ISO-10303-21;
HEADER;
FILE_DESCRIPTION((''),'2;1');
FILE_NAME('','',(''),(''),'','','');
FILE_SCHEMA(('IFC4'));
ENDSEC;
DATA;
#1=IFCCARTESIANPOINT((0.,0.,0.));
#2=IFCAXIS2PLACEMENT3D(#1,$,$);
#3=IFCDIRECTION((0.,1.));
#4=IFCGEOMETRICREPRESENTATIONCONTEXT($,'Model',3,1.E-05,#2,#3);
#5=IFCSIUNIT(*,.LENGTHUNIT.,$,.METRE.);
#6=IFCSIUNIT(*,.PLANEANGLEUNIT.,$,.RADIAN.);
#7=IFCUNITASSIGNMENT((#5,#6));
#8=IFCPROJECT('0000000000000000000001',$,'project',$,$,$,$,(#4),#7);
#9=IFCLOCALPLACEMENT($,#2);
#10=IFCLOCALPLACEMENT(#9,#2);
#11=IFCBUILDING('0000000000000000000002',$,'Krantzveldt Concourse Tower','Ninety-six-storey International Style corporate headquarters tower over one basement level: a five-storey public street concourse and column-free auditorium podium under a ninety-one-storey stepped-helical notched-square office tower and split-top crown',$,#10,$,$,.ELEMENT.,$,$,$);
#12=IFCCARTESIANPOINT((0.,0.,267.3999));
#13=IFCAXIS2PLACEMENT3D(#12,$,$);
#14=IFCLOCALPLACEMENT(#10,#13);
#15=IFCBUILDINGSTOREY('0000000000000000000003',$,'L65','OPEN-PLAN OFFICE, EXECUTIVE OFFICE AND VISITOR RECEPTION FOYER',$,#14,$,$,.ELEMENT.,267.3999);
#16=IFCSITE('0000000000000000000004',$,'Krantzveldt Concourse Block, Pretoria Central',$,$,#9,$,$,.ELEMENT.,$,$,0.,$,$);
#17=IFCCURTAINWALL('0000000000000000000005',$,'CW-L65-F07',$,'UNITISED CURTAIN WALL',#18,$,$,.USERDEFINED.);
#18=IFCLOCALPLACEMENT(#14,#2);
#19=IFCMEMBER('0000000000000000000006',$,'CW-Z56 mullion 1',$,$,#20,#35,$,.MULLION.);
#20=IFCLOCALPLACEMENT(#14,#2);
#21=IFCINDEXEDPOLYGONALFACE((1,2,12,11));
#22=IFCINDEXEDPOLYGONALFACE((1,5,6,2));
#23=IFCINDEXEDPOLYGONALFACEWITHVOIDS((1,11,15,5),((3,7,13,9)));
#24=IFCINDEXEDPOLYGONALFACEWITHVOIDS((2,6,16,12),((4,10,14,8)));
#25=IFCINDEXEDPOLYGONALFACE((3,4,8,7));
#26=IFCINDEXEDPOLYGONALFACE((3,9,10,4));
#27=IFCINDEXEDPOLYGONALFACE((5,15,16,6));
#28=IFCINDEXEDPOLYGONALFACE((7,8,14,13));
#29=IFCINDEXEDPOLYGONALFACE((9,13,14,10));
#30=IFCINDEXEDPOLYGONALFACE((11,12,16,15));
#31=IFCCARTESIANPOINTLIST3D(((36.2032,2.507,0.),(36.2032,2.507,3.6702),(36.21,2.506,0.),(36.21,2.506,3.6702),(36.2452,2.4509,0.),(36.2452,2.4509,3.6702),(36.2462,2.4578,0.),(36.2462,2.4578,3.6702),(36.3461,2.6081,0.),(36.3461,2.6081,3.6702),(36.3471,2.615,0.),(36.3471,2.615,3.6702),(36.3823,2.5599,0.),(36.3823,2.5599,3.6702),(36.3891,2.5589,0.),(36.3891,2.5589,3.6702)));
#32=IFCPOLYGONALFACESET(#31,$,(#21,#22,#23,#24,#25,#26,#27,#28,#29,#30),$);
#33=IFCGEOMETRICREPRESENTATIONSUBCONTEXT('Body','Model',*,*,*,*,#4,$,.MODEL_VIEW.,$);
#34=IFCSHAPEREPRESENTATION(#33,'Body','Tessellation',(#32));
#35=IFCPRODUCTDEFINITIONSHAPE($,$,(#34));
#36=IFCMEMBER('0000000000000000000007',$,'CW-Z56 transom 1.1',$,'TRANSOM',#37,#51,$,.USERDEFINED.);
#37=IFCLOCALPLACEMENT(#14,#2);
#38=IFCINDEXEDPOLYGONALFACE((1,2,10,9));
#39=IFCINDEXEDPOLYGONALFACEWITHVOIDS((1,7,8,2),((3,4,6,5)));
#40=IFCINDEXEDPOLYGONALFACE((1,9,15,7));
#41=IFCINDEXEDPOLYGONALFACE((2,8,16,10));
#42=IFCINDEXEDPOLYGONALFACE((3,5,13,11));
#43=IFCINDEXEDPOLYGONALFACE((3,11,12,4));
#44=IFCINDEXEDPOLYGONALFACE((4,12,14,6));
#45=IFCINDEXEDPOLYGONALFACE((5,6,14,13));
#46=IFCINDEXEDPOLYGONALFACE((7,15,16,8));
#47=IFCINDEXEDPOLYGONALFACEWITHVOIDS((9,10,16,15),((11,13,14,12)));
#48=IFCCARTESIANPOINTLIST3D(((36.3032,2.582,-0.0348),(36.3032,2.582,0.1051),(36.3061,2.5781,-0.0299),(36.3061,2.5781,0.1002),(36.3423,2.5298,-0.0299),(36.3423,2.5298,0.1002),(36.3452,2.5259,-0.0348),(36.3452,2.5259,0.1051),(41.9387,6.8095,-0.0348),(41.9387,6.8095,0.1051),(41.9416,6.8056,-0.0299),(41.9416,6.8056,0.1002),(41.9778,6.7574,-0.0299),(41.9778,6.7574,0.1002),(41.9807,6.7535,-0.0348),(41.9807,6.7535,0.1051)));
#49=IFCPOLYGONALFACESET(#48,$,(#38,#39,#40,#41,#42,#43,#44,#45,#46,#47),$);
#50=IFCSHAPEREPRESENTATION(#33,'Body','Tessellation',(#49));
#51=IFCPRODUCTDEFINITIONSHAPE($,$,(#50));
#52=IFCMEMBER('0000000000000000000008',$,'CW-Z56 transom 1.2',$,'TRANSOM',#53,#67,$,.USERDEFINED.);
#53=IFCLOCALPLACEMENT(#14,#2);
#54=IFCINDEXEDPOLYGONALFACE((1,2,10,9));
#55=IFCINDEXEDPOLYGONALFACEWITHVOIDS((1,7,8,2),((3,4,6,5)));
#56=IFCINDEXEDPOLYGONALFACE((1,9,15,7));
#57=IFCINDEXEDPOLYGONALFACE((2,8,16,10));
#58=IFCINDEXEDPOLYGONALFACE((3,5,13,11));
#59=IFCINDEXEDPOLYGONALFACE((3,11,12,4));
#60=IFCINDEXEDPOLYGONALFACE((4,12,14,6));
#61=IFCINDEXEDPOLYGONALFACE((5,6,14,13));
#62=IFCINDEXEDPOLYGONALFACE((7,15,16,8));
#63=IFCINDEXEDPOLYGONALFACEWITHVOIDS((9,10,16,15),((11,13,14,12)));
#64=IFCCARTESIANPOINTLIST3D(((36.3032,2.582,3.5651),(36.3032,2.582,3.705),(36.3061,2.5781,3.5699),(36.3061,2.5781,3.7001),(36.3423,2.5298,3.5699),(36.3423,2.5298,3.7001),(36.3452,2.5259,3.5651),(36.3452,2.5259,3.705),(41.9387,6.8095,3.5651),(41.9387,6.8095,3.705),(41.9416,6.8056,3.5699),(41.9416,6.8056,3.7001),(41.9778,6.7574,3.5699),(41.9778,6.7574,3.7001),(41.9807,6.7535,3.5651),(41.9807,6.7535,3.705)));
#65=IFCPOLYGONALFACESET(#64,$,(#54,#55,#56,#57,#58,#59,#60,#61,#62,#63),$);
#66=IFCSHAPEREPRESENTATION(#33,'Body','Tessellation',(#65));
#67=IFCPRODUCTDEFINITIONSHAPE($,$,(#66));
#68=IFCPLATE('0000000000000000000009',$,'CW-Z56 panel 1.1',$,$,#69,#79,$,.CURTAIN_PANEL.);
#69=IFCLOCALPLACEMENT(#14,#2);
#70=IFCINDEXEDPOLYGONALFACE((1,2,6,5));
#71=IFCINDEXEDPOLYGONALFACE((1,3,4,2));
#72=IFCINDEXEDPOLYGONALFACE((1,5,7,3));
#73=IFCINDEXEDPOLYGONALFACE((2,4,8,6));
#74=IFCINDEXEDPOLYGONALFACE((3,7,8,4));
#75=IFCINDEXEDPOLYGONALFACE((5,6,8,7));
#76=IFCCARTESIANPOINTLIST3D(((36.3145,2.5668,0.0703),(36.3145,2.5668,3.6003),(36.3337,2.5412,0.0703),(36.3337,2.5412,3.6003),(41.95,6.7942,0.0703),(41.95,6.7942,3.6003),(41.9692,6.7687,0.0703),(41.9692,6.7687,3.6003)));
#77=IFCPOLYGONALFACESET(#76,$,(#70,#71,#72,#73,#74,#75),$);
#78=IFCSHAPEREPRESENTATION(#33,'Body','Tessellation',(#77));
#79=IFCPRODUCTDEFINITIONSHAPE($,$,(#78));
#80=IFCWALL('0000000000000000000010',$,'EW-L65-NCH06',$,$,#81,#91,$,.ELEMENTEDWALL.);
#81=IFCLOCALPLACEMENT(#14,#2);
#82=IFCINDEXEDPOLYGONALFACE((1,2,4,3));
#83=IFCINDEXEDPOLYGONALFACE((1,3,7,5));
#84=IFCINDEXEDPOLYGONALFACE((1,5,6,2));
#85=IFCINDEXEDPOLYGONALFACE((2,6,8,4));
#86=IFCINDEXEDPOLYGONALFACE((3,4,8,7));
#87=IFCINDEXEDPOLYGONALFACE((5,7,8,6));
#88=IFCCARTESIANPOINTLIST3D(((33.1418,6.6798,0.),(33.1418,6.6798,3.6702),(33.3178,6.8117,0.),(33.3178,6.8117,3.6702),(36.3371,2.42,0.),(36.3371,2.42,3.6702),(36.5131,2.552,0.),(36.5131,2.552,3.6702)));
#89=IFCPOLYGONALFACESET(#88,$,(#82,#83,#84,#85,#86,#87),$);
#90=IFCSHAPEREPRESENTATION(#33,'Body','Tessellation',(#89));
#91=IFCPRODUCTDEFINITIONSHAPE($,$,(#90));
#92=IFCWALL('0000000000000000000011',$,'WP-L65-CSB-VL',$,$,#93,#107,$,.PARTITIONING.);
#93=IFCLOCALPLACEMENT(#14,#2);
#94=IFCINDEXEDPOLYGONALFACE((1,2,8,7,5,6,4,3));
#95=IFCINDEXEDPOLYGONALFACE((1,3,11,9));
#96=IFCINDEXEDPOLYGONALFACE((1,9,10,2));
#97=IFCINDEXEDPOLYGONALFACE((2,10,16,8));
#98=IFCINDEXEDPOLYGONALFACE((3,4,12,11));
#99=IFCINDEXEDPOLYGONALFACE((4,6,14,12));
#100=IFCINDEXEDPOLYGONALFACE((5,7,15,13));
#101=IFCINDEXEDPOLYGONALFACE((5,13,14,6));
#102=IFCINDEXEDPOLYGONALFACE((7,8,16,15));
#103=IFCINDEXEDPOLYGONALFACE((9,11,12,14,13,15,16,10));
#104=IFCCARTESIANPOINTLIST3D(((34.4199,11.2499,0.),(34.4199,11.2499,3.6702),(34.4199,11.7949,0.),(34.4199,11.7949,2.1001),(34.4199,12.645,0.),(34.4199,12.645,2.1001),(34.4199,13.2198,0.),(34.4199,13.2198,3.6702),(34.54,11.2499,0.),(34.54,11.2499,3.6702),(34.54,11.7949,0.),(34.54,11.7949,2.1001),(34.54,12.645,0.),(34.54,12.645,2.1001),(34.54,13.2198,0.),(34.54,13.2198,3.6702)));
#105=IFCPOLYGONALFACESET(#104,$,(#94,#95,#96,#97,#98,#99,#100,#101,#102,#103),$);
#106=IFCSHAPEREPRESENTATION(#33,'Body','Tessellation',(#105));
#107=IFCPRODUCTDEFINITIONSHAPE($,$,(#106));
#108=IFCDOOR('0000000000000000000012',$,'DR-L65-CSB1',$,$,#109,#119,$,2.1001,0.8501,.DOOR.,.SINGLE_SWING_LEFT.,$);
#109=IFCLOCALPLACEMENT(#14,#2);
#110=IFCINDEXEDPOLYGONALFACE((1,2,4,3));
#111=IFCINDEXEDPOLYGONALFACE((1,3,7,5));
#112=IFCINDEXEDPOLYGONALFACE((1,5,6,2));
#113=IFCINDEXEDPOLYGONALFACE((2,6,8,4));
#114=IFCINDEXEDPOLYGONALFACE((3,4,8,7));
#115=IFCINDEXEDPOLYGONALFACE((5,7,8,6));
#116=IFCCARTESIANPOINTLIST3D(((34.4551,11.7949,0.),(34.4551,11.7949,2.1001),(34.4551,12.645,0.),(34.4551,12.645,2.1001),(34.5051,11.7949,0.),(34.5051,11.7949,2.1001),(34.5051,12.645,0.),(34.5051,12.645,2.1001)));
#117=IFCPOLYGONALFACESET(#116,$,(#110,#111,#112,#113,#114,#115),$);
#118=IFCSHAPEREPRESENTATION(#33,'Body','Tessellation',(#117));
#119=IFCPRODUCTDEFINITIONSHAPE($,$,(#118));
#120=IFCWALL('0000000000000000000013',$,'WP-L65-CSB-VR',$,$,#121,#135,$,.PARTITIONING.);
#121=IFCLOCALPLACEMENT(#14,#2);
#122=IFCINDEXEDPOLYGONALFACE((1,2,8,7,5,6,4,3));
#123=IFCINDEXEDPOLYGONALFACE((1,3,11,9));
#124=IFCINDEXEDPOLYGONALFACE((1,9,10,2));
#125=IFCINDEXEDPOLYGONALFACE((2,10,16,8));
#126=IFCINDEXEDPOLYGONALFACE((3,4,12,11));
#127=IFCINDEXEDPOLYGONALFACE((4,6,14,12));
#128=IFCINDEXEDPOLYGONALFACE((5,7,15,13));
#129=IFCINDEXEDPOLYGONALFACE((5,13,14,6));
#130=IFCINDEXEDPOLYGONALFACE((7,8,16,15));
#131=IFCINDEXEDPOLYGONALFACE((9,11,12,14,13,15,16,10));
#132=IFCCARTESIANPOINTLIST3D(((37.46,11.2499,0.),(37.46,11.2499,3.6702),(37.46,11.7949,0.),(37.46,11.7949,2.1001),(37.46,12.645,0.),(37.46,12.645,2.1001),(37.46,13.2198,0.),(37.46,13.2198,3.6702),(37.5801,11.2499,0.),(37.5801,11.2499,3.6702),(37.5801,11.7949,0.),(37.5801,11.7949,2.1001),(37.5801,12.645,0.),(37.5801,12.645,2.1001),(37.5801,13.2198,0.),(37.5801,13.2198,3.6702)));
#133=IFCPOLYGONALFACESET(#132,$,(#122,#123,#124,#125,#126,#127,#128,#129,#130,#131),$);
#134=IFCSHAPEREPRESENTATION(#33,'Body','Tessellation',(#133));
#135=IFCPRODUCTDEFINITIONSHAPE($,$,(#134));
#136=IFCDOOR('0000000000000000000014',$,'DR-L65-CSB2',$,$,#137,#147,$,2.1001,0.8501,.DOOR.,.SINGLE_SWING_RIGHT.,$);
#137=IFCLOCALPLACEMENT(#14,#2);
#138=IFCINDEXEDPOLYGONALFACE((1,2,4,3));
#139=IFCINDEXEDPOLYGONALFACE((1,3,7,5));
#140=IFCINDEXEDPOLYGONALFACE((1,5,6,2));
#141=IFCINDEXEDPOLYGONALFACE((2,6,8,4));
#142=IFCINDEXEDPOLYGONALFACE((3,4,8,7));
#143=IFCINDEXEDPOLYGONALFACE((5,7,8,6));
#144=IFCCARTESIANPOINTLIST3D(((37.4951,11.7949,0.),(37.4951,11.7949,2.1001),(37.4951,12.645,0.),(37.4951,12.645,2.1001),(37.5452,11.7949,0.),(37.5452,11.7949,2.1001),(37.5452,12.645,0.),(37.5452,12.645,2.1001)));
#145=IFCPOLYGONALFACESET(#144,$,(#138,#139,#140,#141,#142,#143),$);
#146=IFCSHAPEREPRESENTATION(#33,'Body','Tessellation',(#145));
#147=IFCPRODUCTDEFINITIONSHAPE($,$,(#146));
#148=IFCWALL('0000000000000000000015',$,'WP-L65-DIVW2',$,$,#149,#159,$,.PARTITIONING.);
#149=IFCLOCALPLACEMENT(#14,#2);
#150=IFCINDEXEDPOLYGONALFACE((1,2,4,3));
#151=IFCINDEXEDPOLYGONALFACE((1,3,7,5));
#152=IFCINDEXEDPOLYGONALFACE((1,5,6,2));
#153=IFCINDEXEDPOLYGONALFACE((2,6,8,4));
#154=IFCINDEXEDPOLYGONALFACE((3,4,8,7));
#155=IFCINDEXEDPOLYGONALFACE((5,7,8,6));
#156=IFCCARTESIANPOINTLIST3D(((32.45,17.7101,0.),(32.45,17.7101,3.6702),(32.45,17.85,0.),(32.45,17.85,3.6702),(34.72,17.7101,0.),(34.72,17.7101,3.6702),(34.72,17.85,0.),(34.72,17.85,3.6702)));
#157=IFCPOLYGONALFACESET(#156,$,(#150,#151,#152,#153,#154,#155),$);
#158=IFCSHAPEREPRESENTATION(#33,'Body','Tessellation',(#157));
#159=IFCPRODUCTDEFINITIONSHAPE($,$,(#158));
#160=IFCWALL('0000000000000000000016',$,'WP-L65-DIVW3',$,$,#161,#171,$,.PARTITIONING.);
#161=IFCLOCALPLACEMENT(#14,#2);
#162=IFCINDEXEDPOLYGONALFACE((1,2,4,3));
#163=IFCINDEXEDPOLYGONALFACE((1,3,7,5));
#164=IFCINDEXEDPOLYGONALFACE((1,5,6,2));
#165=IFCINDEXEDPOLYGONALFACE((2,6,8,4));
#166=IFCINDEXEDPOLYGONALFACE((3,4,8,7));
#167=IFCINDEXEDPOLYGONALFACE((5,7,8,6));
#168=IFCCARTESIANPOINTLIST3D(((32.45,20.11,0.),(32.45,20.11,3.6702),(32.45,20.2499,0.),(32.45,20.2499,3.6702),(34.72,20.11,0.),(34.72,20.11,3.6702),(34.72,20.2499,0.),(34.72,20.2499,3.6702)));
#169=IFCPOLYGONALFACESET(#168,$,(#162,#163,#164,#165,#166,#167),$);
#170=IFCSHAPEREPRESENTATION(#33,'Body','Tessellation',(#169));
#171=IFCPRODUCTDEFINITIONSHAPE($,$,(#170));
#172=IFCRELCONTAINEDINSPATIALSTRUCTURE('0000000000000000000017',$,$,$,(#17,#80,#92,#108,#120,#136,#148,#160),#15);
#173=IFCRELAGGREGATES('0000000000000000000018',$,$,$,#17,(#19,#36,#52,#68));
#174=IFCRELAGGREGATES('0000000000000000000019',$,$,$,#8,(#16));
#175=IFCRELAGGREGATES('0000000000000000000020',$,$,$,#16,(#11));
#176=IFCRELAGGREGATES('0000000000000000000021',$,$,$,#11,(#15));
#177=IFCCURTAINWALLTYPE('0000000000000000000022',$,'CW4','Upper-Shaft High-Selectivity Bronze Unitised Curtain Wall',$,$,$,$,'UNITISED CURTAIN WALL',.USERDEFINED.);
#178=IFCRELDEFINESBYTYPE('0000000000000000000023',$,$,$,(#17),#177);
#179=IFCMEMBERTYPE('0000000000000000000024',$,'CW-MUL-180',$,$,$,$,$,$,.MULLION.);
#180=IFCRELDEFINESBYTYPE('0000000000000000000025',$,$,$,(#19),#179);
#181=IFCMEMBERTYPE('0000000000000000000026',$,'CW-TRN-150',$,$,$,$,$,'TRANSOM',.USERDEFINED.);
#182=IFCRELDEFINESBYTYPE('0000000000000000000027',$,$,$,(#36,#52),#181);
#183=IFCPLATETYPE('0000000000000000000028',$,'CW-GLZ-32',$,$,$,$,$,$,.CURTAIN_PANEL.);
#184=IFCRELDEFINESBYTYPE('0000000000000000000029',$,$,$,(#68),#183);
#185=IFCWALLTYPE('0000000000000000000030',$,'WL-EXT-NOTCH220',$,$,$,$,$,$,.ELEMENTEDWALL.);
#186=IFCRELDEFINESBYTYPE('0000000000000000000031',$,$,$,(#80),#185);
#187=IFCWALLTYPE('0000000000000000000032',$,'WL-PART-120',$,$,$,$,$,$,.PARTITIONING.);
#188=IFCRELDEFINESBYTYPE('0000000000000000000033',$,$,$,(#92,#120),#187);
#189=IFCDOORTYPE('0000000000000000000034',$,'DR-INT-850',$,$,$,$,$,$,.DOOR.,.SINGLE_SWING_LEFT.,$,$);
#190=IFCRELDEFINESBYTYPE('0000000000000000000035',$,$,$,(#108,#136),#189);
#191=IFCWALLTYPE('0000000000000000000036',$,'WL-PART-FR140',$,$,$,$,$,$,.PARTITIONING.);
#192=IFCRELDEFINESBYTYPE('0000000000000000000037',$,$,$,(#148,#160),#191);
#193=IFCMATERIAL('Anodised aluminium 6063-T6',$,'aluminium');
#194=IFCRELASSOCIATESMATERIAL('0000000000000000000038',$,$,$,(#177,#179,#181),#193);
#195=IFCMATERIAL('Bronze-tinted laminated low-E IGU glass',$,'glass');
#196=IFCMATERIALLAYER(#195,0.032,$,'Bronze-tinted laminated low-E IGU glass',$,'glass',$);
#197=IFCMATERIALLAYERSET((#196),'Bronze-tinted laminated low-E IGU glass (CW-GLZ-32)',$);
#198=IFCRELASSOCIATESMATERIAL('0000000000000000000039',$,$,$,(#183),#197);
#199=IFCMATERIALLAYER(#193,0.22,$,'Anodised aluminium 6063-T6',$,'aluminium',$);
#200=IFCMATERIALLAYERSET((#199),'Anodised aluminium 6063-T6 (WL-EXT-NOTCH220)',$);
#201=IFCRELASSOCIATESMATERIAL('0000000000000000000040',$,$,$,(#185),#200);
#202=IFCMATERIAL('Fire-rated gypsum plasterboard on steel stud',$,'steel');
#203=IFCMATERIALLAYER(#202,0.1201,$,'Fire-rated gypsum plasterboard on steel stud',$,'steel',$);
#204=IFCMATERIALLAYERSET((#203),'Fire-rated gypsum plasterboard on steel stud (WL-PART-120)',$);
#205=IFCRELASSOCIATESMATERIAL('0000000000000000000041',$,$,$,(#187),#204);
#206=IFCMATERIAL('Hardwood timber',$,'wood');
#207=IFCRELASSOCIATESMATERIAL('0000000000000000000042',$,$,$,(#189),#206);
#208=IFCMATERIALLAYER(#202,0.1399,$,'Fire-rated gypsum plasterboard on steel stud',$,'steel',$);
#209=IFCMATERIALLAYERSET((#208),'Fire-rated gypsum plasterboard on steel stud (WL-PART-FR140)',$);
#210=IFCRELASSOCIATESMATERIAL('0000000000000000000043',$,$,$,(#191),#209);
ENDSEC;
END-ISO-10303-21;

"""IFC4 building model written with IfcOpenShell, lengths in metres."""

from ifc_helpers import new_model, si_unit, direction, frame, frame_2d, origin, origin_2d, place, context, subcontext, project, spatial, rectangle, hollow_rectangle, extrude, source, transform, mapped, material, layer, layer_set, material_profile, profile_set, type_object, type_shapes, element, fill, aggregate, save


model = new_model("IFC4")

# Units and contexts
model_context = context("Model", 3, precision=1e-05, world=origin(), true_north=direction((0.0, 1.0)))
body_context = subcontext(model_context, "Body", "Model", "MODEL_VIEW")
ifc_project = project(units=[si_unit("LENGTHUNIT", "METRE"), si_unit("PLANEANGLEUNIT", "RADIAN")], contexts=[model_context])

# Site, building, storey
site_placement = place(None, origin())
site = spatial("IfcSite", under=ifc_project, at=site_placement, Name="Krantzveldt Concourse Block, Pretoria Central", CompositionType="ELEMENT", RefElevation=0.0)
building_placement = place(site_placement, origin())
building = spatial("IfcBuilding", under=site, at=building_placement, Name="Krantzveldt Concourse Tower", Description="Ninety-six-storey International Style corporate headquarters tower over one basement level: a five-storey public street concourse and column-free auditorium podium under a ninety-one-storey stepped-helical notched-square office tower and split-top crown", CompositionType="ELEMENT")
storey_placement = place(building_placement, frame((0.0, 0.0, 267.3999)))
storey = spatial("IfcBuildingStorey", under=building, at=storey_placement, Name="L65", Description="OPEN-PLAN OFFICE, EXECUTIVE OFFICE AND VISITOR RECEPTION FOYER", CompositionType="ELEMENT", Elevation=267.3999)

# Curtain wall, members, plate
ifc_material_1 = material(Name="Anodised aluminium 6063-T6", Category="aluminium")
curtain_wall_type = type_object("IfcCurtainWallType", Name="CW4", Description="Upper-Shaft High-Selectivity Bronze Unitised Curtain Wall", ElementType="UNITISED CURTAIN WALL", PredefinedType="USERDEFINED", material=ifc_material_1)
curtain_wall_placement = place(storey_placement, origin())
curtain_wall = element("IfcCurtainWall", 1, at=curtain_wall_placement, inside=storey, type_object=curtain_wall_type, Name="CW-L65-F07", ObjectType="UNITISED CURTAIN WALL", PredefinedType="USERDEFINED")
ifc_material_profile_1 = material_profile(ifc_material_1, hollow_rectangle(XDim=0.0701, YDim=0.1799, WallThickness=0.0049, at=origin_2d()), Name="Anodised aluminium 6063-T6", Category="aluminium")
ifc_profile_set_1 = profile_set([ifc_material_profile_1], Name="Anodised aluminium 6063-T6 - ALU-MULL 180x70x5")
member_type_1 = type_object("IfcMemberType", Name="CW-MUL-180", PredefinedType="MULLION", material=ifc_profile_set_1)
shared_shape_1 = source(origin(), body_context, "Body", "SweptSolid", [
    extrude(hollow_rectangle(XDim=0.0701, YDim=0.1799, WallThickness=0.0049, at=origin_2d()), origin(), (0.0, 0.0, 1.0), 3.6702),
])
type_shapes(member_type_1, [shared_shape_1])
member_1_placement = place(storey_placement, frame((36.2961, 2.533, 0.0), z_axis=(0.0, 0.0, 1.0), x_axis=(-0.600071, 0.799947, 0.0)))
member_1 = element("IfcMember", 2, at=member_1_placement, type_object=member_type_1, Name="CW-Z56 mullion 1", PredefinedType="MULLION", context=body_context, shape_type="MappedRepresentation", body=[
    mapped(shared_shape_1, transform((0.0, 0.0, 0.0), x_axis=(1.0, 0.0, 0.0), y_axis=(0.0, 1.0, 0.0), z_axis=(0.0, 0.0, 1.0), scale=1.0)),
])
ifc_material_profile_2 = material_profile(ifc_material_1, hollow_rectangle(XDim=0.0701, YDim=0.1399, WallThickness=0.0049, at=origin_2d()), Name="Anodised aluminium 6063-T6", Category="aluminium")
ifc_profile_set_2 = profile_set([ifc_material_profile_2], Name="Anodised aluminium 6063-T6 - ALU-TRAN 140x70x5")
member_type_2 = type_object("IfcMemberType", Name="CW-TRN-150", ElementType="TRANSOM", PredefinedType="USERDEFINED", material=ifc_profile_set_2)
shared_shape_2 = source(origin(), body_context, "Body", "SweptSolid", [
    extrude(hollow_rectangle(XDim=0.0701, YDim=0.1399, WallThickness=0.0049, at=origin_2d()), origin(), (0.0, 0.0, 1.0), 7.0449),
])
type_shapes(member_type_2, [shared_shape_2])
member_2_placement = place(storey_placement, frame((36.3242, 2.554, 0.0352), z_axis=(0.799938, 0.600083, 0.0), x_axis=(-0.600083, 0.799938, 0.0)))
member_2 = element("IfcMember", 3, at=member_2_placement, type_object=member_type_2, Name="CW-Z56 transom 1.1", ObjectType="TRANSOM", PredefinedType="USERDEFINED", context=body_context, shape_type="MappedRepresentation", body=[
    mapped(shared_shape_2, transform((0.0, 0.0, 0.0), x_axis=(1.0, 0.0, 0.0), y_axis=(0.0, 1.0, 0.0), z_axis=(0.0, 0.0, 1.0), scale=1.0)),
])
member_3_placement = place(storey_placement, frame((36.3242, 2.554, 3.635), z_axis=(0.799938, 0.600083, 0.0), x_axis=(-0.600083, 0.799938, 0.0)))
member_3 = element("IfcMember", 4, at=member_3_placement, type_object=member_type_2, Name="CW-Z56 transom 1.2", ObjectType="TRANSOM", PredefinedType="USERDEFINED", context=body_context, shape_type="MappedRepresentation", body=[
    mapped(shared_shape_2, transform((0.0, 0.0, 0.0), x_axis=(1.0, 0.0, 0.0), y_axis=(0.0, 1.0, 0.0), z_axis=(0.0, 0.0, 1.0), scale=1.0)),
])
ifc_material_2 = material(Name="Bronze-tinted laminated low-E IGU glass", Category="glass")
ifc_layer_1 = layer(ifc_material_2, 0.032, Name="Bronze-tinted laminated low-E IGU glass", Category="glass")
ifc_layer_set_1 = layer_set([ifc_layer_1], Name="Bronze-tinted laminated low-E IGU glass (CW-GLZ-32)")
plate_type = type_object("IfcPlateType", Name="CW-GLZ-32", PredefinedType="CURTAIN_PANEL", material=ifc_layer_set_1)
shared_shape_3 = source(origin(), body_context, "Body", "SweptSolid", [
    extrude(rectangle(XDim=7.0449, YDim=0.032, at=origin_2d()), origin(), (0.0, 0.0, 1.0), 3.53),
])
type_shapes(plate_type, [shared_shape_3])
plate_placement = place(storey_placement, frame((39.1418, 4.6677, 0.0703), z_axis=(0.0, 0.0, 1.0), x_axis=(0.799947, 0.600071, 0.0)))
plate = element("IfcPlate", 5, at=plate_placement, type_object=plate_type, Name="CW-Z56 panel 1.1", PredefinedType="CURTAIN_PANEL", context=body_context, shape_type="MappedRepresentation", body=[
    mapped(shared_shape_3, transform((0.0, 0.0, 0.0), x_axis=(1.0, 0.0, 0.0), y_axis=(0.0, 1.0, 0.0), z_axis=(0.0, 0.0, 1.0), scale=1.0)),
])
aggregate(curtain_wall, [member_1, member_2, member_3, plate])

# Wall
ifc_layer_2 = layer(ifc_material_1, 0.22, Name="Anodised aluminium 6063-T6", Category="aluminium")
ifc_layer_set_2 = layer_set([ifc_layer_2], Name="Anodised aluminium 6063-T6 (WL-EXT-NOTCH220)")
wall_type_1 = type_object("IfcWallType", Name="WL-EXT-NOTCH220", PredefinedType="ELEMENTEDWALL", material=ifc_layer_set_2)
wall_1_placement = place(storey_placement, frame((33.2297, 6.7458, 0.0), z_axis=(0.0, 0.0, 1.0), x_axis=(0.600059, -0.799956, 0.0)))
element("IfcWall", 6, at=wall_1_placement, inside=storey, type_object=wall_type_1, Name="EW-L65-NCH06", PredefinedType="ELEMENTEDWALL", context=body_context, shape_type="SweptSolid", body=[
    extrude(rectangle(XDim=5.325, YDim=0.22, at=frame_2d((2.6626, 0.0))), origin(), (0.0, 0.0, 1.0), 3.6702),
])

# Walls, openings, doors
ifc_material_3 = material(Name="Fire-rated gypsum plasterboard on steel stud", Category="steel")
ifc_layer_3 = layer(ifc_material_3, 0.1201, Name="Fire-rated gypsum plasterboard on steel stud", Category="steel")
ifc_layer_set_3 = layer_set([ifc_layer_3], Name="Fire-rated gypsum plasterboard on steel stud (WL-PART-120)")
wall_type_2 = type_object("IfcWallType", Name="WL-PART-120", PredefinedType="PARTITIONING", material=ifc_layer_set_3)
wall_2_placement = place(storey_placement, frame((34.48, 11.25, 0.0), z_axis=(0.0, 0.0, 1.0), x_axis=(0.0, 1.0, 0.0)))
wall_2 = element("IfcWall", 7, at=wall_2_placement, inside=storey, type_object=wall_type_2, Name="WP-L65-CSB-VL", PredefinedType="PARTITIONING", context=body_context, shape_type="SweptSolid", body=[
    extrude(rectangle(XDim=1.97, YDim=0.1201, at=frame_2d((0.9849, 0.0))), origin(), (0.0, 0.0, 1.0), 3.6702),
])
opening_1_placement = place(wall_2_placement, frame((0.5449, 0.0, 0.0)))
opening_1 = element("IfcOpeningElement", 8, at=opening_1_placement, cuts=wall_2, PredefinedType="OPENING", context=body_context, shape_type="SweptSolid", body=[
    extrude(rectangle(XDim=0.8501, YDim=2.1001, at=frame_2d((0.425, 1.05))), frame((0.0, 0.0701, 0.0), z_axis=(0.0, -1.0, 0.0), x_axis=(1.0, 0.0, 0.0)), (0.0, 0.0, 1.0), 0.1401),
])
ifc_material_4 = material(Name="Hardwood timber", Category="wood")
door_type_1 = type_object("IfcDoorType", Name="DR-INT-850", OperationType="SINGLE_SWING_LEFT", PredefinedType="DOOR", material=ifc_material_4)
door_1_placement = place(opening_1_placement, origin())
door_1 = element("IfcDoor", 9, at=door_1_placement, inside=storey, type_object=door_type_1, Name="DR-L65-CSB1", OperationType="SINGLE_SWING_LEFT", OverallHeight=2.1001, OverallWidth=0.8501, PredefinedType="DOOR", context=body_context, shape_type="SweptSolid", body=[
    extrude(rectangle(XDim=0.8501, YDim=2.1001, at=frame_2d((0.425, 1.05))), frame((0.0, 0.0249, 0.0), z_axis=(0.0, -1.0, 0.0), x_axis=(1.0, 0.0, 0.0)), (0.0, 0.0, 1.0), 0.05),
])
fill(opening_1, door_1)
wall_3_placement = place(storey_placement, frame((37.52, 11.25, 0.0), z_axis=(0.0, 0.0, 1.0), x_axis=(0.0, 1.0, 0.0)))
wall_3 = element("IfcWall", 10, at=wall_3_placement, inside=storey, type_object=wall_type_2, Name="WP-L65-CSB-VR", PredefinedType="PARTITIONING", context=body_context, shape_type="SweptSolid", body=[
    extrude(rectangle(XDim=1.97, YDim=0.1201, at=frame_2d((0.9849, 0.0))), origin(), (0.0, 0.0, 1.0), 3.6702),
])
opening_2_placement = place(wall_3_placement, frame((0.5449, 0.0, 0.0)))
opening_2 = element("IfcOpeningElement", 11, at=opening_2_placement, cuts=wall_3, PredefinedType="OPENING", context=body_context, shape_type="SweptSolid", body=[
    extrude(rectangle(XDim=0.8501, YDim=2.1001, at=frame_2d((0.425, 1.05))), frame((0.0, 0.0701, 0.0), z_axis=(0.0, -1.0, 0.0), x_axis=(1.0, 0.0, 0.0)), (0.0, 0.0, 1.0), 0.1401),
])
door_2_placement = place(opening_2_placement, origin())
door_2 = element("IfcDoor", 12, at=door_2_placement, inside=storey, type_object=door_type_1, Name="DR-L65-CSB2", OperationType="SINGLE_SWING_RIGHT", OverallHeight=2.1001, OverallWidth=0.8501, PredefinedType="DOOR", context=body_context, shape_type="SweptSolid", body=[
    extrude(rectangle(XDim=0.8501, YDim=2.1001, at=frame_2d((0.425, 1.05))), frame((0.0, 0.0249, 0.0), z_axis=(0.0, -1.0, 0.0), x_axis=(1.0, 0.0, 0.0)), (0.0, 0.0, 1.0), 0.05),
])
fill(opening_2, door_2)
ifc_layer_4 = layer(ifc_material_3, 0.1399, Name="Fire-rated gypsum plasterboard on steel stud", Category="steel")
ifc_layer_set_4 = layer_set([ifc_layer_4], Name="Fire-rated gypsum plasterboard on steel stud (WL-PART-FR140)")
wall_type_3 = type_object("IfcWallType", Name="WL-PART-FR140", PredefinedType="PARTITIONING", material=ifc_layer_set_4)

# Walls
for number, where, z_axis, x_axis, name in (
    (13, (32.45, 17.78, 0.0), (0.0, 0.0, 1.0), (1.0, 0.0, 0.0), "WP-L65-DIVW2"),
    (14, (32.45, 20.1799, 0.0), (0.0, 0.0, 1.0), (1.0, 0.0, 0.0), "WP-L65-DIVW3"),
):
    element("IfcWall", number, at=place(storey_placement, frame(where, z_axis=z_axis, x_axis=x_axis)), inside=storey, type_object=wall_type_3, Name=name, PredefinedType="PARTITIONING", context=body_context, shape_type="SweptSolid", body=[
        extrude(rectangle(XDim=2.27, YDim=0.1399, at=frame_2d((1.135, 0.0))), origin(), (0.0, 0.0, 1.0), 3.6702),
    ])

save(model, "model.ifc")
